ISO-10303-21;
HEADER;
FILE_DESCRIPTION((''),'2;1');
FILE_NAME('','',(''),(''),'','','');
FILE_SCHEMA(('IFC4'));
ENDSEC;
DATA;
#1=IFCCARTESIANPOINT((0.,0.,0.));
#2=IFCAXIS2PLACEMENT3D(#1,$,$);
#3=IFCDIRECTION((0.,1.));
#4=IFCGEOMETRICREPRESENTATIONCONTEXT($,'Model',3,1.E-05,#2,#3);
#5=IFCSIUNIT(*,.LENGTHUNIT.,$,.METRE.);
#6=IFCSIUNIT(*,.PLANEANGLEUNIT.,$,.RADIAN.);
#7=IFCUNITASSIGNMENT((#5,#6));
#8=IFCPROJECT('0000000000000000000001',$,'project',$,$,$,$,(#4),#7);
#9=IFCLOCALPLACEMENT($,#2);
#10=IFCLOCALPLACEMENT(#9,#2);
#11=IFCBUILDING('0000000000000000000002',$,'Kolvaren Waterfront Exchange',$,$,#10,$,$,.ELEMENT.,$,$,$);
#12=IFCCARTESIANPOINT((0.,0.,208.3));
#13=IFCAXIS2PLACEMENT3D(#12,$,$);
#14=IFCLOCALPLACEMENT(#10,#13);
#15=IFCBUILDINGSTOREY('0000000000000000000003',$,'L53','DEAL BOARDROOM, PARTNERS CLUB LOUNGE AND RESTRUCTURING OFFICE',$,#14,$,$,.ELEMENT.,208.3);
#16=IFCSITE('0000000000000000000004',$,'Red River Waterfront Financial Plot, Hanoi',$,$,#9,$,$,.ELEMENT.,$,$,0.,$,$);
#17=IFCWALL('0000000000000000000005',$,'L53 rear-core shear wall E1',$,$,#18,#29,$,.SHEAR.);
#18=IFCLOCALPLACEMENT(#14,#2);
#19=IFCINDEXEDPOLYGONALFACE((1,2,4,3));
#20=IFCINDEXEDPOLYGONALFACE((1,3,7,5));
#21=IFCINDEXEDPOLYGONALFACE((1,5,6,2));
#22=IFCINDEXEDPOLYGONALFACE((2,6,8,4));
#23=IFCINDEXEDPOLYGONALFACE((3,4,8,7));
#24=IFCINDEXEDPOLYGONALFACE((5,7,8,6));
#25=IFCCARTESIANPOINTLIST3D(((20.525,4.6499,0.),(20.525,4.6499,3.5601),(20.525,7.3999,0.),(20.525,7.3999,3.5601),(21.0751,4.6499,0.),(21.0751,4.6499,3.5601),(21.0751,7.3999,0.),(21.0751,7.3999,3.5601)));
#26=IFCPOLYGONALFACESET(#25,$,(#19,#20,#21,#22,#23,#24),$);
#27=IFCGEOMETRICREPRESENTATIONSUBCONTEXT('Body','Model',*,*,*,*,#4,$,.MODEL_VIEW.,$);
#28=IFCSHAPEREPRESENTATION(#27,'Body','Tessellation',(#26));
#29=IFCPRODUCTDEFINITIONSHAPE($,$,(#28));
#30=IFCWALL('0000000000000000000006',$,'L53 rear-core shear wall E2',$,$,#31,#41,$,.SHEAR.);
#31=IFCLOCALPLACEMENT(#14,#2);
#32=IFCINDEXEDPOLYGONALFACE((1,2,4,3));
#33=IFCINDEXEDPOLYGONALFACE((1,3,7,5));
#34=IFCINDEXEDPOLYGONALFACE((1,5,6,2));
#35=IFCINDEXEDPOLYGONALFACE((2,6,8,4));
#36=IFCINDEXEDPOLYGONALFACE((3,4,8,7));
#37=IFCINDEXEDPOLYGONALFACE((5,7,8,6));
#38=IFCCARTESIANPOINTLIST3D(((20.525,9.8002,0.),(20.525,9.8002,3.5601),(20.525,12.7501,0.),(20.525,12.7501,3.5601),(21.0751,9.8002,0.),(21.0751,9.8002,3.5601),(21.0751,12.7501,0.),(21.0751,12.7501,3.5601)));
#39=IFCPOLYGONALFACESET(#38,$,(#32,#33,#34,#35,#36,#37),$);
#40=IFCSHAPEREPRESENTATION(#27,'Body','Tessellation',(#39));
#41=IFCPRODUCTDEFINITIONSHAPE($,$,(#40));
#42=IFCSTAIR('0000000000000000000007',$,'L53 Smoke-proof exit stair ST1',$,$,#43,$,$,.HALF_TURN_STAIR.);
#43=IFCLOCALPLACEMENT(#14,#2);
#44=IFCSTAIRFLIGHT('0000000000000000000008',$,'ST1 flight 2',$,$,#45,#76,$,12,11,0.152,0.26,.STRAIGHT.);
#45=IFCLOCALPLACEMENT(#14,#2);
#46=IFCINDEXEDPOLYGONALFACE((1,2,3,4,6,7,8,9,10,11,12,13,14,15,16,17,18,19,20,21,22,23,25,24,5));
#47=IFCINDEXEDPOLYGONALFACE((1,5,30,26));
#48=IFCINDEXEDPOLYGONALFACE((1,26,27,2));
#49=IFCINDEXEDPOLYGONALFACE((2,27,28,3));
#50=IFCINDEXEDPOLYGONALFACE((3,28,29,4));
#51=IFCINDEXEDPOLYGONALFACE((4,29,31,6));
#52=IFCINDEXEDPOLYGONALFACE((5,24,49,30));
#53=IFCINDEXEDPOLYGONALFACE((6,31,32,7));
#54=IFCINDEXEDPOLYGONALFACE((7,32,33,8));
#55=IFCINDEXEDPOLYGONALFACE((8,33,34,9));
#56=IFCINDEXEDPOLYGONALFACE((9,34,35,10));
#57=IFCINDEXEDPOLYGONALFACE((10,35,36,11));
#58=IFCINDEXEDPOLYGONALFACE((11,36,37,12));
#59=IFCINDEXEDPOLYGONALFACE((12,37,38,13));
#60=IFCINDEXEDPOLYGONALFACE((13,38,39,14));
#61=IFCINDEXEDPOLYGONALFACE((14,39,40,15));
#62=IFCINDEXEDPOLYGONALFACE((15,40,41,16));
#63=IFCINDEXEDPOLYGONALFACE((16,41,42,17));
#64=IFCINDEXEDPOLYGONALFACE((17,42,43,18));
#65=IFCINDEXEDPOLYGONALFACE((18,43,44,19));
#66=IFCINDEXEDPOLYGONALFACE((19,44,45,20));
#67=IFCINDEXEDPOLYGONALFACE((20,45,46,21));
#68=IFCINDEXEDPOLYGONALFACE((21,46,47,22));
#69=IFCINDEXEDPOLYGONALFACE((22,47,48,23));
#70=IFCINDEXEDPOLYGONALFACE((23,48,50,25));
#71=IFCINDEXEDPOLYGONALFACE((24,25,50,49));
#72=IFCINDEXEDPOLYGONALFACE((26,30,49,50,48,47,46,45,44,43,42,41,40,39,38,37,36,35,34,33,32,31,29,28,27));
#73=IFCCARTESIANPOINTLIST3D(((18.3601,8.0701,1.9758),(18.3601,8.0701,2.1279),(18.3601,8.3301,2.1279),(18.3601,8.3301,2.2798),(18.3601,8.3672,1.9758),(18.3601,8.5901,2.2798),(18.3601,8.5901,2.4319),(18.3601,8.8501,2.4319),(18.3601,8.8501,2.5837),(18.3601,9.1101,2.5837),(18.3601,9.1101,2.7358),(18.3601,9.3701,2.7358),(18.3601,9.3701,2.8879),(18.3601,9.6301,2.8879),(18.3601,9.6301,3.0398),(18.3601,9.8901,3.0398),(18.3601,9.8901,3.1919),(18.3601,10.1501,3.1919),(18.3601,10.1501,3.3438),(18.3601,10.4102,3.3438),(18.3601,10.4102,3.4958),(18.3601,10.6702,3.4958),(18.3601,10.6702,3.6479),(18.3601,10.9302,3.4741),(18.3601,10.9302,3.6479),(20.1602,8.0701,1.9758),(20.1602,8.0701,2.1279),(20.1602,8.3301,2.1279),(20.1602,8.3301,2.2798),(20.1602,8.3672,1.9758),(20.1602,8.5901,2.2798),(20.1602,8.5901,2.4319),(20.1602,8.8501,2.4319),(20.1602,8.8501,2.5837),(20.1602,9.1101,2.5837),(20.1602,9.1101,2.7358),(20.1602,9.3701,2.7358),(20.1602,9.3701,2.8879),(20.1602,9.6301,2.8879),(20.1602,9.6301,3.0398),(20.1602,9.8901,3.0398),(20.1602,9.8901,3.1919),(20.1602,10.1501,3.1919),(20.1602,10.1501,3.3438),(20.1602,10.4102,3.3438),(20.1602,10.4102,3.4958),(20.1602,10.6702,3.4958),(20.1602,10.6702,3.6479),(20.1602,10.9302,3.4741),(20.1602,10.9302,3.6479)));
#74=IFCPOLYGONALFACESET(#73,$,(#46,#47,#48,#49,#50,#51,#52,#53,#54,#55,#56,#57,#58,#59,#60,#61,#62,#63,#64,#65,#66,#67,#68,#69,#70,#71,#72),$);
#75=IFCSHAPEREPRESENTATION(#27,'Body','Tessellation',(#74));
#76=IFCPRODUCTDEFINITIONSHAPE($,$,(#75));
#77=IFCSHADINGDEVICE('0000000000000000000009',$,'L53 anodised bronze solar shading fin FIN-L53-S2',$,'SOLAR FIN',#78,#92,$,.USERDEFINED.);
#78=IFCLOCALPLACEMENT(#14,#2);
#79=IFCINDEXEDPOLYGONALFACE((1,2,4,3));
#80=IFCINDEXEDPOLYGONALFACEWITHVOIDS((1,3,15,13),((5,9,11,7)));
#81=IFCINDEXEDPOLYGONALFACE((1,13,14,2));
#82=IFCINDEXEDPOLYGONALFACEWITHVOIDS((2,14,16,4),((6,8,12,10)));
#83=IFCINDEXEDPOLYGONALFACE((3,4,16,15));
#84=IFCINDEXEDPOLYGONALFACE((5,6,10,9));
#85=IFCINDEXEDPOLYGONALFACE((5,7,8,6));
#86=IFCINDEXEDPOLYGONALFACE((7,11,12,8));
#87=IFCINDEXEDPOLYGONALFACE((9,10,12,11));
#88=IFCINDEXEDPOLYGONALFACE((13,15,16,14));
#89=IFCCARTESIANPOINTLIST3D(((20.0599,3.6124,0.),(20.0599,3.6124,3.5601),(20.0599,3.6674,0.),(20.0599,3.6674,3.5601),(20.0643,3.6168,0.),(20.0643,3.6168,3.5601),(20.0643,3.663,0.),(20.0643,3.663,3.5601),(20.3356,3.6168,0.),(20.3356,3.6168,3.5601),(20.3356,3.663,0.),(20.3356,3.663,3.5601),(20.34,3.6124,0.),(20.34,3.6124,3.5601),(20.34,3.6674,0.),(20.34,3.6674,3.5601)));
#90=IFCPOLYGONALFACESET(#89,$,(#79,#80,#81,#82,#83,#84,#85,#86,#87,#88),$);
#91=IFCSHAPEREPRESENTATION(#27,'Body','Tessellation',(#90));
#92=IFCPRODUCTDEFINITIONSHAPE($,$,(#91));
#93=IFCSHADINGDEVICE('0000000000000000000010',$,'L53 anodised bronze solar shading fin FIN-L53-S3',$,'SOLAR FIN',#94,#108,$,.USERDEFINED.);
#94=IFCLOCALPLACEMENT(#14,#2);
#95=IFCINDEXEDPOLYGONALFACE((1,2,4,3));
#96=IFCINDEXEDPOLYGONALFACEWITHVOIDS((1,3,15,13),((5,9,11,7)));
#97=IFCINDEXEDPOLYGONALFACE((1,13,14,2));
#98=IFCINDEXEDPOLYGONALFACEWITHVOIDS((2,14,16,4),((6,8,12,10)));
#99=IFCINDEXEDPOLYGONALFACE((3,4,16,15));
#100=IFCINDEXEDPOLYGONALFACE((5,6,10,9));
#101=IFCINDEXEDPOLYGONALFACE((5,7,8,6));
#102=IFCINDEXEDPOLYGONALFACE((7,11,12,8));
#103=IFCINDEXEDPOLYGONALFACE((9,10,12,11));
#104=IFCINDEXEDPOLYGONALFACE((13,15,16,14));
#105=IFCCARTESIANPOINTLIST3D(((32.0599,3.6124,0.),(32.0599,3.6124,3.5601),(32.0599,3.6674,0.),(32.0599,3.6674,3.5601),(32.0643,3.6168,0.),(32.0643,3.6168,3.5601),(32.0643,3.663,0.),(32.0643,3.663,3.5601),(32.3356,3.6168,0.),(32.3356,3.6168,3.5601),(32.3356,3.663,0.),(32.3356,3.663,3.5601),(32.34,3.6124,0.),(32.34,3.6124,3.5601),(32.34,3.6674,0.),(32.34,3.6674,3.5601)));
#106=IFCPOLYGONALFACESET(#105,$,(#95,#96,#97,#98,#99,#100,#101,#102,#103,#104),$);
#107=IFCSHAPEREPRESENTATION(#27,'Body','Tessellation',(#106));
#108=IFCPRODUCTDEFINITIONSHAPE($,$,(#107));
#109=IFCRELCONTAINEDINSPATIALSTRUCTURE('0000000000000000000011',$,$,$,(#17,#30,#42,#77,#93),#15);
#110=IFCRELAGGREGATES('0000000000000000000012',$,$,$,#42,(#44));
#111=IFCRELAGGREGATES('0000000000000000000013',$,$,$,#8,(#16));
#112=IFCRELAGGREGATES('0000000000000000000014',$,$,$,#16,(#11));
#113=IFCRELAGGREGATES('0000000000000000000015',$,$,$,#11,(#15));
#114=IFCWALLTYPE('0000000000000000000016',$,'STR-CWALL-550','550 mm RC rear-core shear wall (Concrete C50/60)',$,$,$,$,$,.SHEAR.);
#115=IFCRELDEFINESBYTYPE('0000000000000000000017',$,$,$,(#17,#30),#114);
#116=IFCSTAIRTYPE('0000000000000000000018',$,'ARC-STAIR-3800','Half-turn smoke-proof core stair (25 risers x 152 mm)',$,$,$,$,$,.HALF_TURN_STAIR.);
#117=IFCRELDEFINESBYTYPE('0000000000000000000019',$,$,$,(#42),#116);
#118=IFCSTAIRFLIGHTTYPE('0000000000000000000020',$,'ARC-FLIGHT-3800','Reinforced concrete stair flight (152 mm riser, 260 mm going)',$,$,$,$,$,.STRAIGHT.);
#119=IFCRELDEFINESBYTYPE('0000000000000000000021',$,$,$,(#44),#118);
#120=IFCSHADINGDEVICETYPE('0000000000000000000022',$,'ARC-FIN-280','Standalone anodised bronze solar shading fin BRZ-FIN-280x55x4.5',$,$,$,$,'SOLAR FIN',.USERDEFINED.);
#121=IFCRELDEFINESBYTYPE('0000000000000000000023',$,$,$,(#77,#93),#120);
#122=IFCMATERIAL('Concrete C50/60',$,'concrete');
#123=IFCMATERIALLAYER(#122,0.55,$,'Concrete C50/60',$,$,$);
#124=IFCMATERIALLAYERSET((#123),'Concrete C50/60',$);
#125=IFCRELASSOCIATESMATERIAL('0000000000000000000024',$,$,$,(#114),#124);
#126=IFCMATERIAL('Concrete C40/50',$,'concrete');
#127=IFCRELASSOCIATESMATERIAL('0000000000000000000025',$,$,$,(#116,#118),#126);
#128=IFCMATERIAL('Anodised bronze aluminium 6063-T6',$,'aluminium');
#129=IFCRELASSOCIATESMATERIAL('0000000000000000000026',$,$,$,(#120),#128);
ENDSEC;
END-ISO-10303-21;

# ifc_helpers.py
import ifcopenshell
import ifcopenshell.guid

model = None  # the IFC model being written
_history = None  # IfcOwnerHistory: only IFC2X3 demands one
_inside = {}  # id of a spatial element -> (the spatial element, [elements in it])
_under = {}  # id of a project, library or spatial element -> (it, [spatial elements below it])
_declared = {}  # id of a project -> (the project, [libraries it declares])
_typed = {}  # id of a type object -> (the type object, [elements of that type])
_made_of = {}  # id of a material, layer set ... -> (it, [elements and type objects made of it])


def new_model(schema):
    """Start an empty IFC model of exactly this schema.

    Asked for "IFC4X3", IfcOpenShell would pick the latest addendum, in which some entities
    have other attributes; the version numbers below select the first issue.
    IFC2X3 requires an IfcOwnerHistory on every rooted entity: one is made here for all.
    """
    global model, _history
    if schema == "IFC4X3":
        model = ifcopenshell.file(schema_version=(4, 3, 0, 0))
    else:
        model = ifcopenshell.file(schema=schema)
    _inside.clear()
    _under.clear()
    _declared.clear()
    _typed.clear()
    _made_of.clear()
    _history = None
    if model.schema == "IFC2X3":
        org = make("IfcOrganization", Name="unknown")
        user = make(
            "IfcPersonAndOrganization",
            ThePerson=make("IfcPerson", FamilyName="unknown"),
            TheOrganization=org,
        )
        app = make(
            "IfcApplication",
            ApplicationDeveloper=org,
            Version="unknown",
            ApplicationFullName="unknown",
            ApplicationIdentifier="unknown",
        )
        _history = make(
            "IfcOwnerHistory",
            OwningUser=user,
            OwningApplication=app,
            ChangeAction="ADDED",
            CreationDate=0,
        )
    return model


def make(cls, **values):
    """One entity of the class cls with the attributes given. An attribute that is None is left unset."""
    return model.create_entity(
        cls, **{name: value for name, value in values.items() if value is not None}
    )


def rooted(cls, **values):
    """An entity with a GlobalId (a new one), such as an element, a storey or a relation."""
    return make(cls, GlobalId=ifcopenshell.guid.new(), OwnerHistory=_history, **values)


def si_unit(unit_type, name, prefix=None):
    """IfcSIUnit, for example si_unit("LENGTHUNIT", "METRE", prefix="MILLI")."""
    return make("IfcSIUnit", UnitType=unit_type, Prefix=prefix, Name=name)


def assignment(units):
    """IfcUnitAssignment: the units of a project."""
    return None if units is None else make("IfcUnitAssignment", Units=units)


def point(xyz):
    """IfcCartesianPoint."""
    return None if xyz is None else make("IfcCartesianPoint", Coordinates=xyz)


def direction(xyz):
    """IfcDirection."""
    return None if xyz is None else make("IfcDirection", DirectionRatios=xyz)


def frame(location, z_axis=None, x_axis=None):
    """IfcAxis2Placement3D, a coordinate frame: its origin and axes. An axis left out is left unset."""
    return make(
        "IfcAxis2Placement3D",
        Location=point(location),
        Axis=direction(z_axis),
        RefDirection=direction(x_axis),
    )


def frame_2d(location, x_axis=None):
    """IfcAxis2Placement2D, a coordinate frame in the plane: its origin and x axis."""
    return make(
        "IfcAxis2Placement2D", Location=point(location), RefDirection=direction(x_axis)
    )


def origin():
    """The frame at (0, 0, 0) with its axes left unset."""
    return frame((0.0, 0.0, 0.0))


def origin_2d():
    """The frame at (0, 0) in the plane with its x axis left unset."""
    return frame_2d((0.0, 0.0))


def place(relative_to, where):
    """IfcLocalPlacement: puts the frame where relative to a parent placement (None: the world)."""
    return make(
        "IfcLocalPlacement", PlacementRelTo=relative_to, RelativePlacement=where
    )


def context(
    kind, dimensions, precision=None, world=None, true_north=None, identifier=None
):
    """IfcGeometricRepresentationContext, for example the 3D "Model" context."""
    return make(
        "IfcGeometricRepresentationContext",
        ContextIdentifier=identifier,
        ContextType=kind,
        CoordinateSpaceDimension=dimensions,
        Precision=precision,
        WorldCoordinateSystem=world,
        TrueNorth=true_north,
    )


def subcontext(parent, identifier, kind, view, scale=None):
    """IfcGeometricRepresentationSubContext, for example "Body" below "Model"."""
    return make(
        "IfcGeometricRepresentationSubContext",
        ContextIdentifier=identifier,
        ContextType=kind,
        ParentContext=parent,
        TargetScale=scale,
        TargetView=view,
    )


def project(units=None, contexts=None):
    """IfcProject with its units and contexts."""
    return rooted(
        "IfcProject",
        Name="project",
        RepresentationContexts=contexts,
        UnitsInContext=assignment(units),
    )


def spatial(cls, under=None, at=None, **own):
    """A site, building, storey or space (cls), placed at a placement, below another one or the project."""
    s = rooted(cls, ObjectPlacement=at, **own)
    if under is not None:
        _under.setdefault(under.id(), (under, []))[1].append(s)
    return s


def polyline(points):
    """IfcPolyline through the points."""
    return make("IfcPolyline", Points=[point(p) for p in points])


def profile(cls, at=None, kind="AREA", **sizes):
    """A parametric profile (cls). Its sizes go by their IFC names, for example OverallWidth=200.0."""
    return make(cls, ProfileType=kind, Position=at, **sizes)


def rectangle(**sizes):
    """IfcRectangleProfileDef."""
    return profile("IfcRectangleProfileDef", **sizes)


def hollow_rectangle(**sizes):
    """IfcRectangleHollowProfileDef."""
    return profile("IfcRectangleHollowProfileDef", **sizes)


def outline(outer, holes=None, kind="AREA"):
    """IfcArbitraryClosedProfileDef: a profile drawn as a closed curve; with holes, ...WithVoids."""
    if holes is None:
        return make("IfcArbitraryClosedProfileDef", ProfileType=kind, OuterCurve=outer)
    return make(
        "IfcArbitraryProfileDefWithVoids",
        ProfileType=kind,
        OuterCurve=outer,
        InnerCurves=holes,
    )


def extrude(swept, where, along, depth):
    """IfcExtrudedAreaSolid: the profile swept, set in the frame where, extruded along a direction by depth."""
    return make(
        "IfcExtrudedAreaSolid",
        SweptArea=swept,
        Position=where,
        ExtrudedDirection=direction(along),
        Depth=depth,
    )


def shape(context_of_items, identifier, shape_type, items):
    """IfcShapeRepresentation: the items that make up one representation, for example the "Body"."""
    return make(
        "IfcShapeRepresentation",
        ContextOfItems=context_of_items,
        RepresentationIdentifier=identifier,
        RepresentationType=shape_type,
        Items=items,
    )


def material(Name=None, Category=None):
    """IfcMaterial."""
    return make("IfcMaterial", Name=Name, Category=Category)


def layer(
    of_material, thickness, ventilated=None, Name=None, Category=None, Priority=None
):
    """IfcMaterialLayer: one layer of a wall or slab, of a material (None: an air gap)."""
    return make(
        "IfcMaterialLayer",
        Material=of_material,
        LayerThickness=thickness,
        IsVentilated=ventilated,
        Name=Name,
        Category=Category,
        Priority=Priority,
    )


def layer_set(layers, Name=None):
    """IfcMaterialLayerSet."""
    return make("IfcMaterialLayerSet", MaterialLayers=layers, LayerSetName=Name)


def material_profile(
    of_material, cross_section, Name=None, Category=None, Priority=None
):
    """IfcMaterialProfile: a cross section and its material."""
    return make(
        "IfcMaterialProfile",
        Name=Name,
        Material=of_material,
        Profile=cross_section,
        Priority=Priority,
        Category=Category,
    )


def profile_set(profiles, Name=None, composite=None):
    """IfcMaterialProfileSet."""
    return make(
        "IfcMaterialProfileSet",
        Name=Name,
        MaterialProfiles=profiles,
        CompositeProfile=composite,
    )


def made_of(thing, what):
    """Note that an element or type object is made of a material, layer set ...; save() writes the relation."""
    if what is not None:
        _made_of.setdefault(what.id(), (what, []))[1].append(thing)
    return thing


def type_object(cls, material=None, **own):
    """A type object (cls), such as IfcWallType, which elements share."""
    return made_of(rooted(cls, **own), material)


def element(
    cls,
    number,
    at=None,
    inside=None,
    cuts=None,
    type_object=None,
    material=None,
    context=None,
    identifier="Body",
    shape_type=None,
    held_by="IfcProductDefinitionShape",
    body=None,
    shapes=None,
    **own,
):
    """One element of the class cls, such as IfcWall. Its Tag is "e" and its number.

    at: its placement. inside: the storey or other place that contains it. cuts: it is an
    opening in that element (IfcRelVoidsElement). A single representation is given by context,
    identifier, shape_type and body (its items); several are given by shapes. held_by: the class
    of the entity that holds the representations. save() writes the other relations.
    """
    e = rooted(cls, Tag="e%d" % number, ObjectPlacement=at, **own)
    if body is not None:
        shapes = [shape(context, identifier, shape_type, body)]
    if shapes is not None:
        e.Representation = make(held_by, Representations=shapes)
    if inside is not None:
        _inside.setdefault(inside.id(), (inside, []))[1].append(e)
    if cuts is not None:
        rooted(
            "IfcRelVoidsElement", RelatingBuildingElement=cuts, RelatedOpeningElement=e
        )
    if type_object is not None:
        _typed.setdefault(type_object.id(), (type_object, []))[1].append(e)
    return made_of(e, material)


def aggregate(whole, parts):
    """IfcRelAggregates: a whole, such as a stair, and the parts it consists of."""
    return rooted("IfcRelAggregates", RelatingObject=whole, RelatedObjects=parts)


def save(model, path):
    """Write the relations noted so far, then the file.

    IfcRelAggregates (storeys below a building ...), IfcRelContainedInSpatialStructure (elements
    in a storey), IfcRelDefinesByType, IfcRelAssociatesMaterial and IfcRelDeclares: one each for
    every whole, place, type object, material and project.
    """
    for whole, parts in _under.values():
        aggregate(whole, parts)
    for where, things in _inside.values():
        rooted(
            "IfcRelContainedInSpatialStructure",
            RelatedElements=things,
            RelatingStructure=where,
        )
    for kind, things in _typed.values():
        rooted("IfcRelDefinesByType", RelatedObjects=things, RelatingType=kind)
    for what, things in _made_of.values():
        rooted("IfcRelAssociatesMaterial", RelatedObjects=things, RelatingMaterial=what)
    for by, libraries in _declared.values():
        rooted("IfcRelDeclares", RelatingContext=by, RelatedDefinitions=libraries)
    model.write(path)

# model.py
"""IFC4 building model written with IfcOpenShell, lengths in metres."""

from ifc_helpers import new_model, si_unit, direction, frame, frame_2d, origin, origin_2d, place, context, subcontext, project, spatial, polyline, rectangle, hollow_rectangle, outline, extrude, material, layer, layer_set, material_profile, profile_set, type_object, element, aggregate, save


model = new_model("IFC4")

# Units and contexts
model_context = context("Model", 3, precision=1e-05, world=origin(), true_north=direction((0.0, 1.0)))
body_context = subcontext(model_context, "Body", "Model", "MODEL_VIEW")
ifc_project = project(units=[si_unit("LENGTHUNIT", "METRE"), si_unit("PLANEANGLEUNIT", "RADIAN")], contexts=[model_context])

# Site, building, storey
site_placement = place(None, origin())
site = spatial("IfcSite", under=ifc_project, at=site_placement, Name="Red River Waterfront Financial Plot, Hanoi", CompositionType="ELEMENT", RefElevation=0.0)
building_placement = place(site_placement, origin())
building = spatial("IfcBuilding", under=site, at=building_placement, Name="Kolvaren Waterfront Exchange", CompositionType="ELEMENT")
storey_placement = place(building_placement, frame((0.0, 0.0, 208.3)))
storey = spatial("IfcBuildingStorey", under=building, at=storey_placement, Name="L53", Description="DEAL BOARDROOM, PARTNERS CLUB LOUNGE AND RESTRUCTURING OFFICE", CompositionType="ELEMENT", Elevation=208.3)

# Shared definitions
ifc_material_1 = material(Name="Concrete C50/60", Category="concrete")

# Shared definitions
ifc_material_2 = material(Name="Anodised bronze aluminium 6063-T6", Category="aluminium")

# Walls
ifc_material_3 = material(Name="Concrete C40/50", Category="concrete")
ifc_layer_1 = layer(ifc_material_1, 0.55, Name="Concrete C50/60")
ifc_layer_set_1 = layer_set([ifc_layer_1], Name="Concrete C50/60")
wall_type_1 = type_object("IfcWallType", Name="STR-CWALL-550", Description="550 mm RC rear-core shear wall (Concrete C50/60)", PredefinedType="SHEAR", material=ifc_layer_set_1)
wall_1_placement = place(storey_placement, frame((20.8, 4.6499, 0.0), z_axis=(0.0, 0.0, 1.0), x_axis=(0.0, 1.0, 0.0)))
element("IfcWall", 1, at=wall_1_placement, inside=storey, type_object=wall_type_1, Name="L53 rear-core shear wall E1", PredefinedType="SHEAR", context=body_context, shape_type="SweptSolid", body=[
    extrude(rectangle(XDim=2.75, YDim=0.55, at=frame_2d((1.375, 0.0))), origin(), (0.0, 0.0, 1.0), 3.5601),
])
wall_2_placement = place(storey_placement, frame((20.8, 9.8, 0.0), z_axis=(0.0, 0.0, 1.0), x_axis=(0.0, 1.0, 0.0)))
element("IfcWall", 2, at=wall_2_placement, inside=storey, type_object=wall_type_1, Name="L53 rear-core shear wall E2", PredefinedType="SHEAR", context=body_context, shape_type="SweptSolid", body=[
    extrude(rectangle(XDim=2.95, YDim=0.55, at=frame_2d((1.4751, 0.0))), origin(), (0.0, 0.0, 1.0), 3.5601),
])

# Stair, stair flight
stair_type = type_object("IfcStairType", Name="ARC-STAIR-3800", Description="Half-turn smoke-proof core stair (25 risers x 152 mm)", PredefinedType="HALF_TURN_STAIR", material=ifc_material_3)
stair_placement = place(storey_placement, origin())
stair = element("IfcStair", 3, at=stair_placement, inside=storey, type_object=stair_type, Name="L53 Smoke-proof exit stair ST1", PredefinedType="HALF_TURN_STAIR")
stair_flight_type = type_object("IfcStairFlightType", Name="ARC-FLIGHT-3800", Description="Reinforced concrete stair flight (152 mm riser, 260 mm going)", PredefinedType="STRAIGHT", material=ifc_material_3)
stair_flight_placement = place(storey_placement, frame((19.26, 8.0701, 1.9758), z_axis=(0.0, 0.0, 1.0), x_axis=(0.0, 1.0, 0.0)))
stair_flight = element("IfcStairFlight", 4, at=stair_flight_placement, type_object=stair_flight_type, Name="ST1 flight 2", NumberOfRisers=12, NumberOfTreads=11, PredefinedType="STRAIGHT", RiserHeight=0.152, TreadLength=0.26, context=body_context, shape_type="SweptSolid", body=[
    extrude(outline(polyline([(0.0, 0.0), (0.0, 0.1521), (0.26, 0.1521), (0.26, 0.304), (0.52, 0.304), (0.52, 0.4561), (0.78, 0.4561), (0.78, 0.6079), (1.04, 0.6079), (1.04, 0.76), (1.3, 0.76), (1.3, 0.9121), (1.5601, 0.9121), (1.5601, 1.064), (1.8201, 1.064), (1.8201, 1.2161), (2.0801, 1.2161), (2.0801, 1.3679), (2.3401, 1.3679), (2.3401, 1.52), (2.6001, 1.52), (2.6001, 1.6721), (2.8601, 1.6721), (2.8601, 1.824), (2.8601, 1.4983), (0.2971, 0.0), (0.0, 0.0)])), frame((0.0, 0.8999, 0.0), z_axis=(0.0, -1.0, 0.0), x_axis=(1.0, 0.0, 0.0)), (0.0, 0.0, 1.0), 1.8),
])
aggregate(stair, [stair_flight])

# Shading devices
ifc_material_profile_1 = material_profile(ifc_material_2, hollow_rectangle(XDim=0.0549, YDim=0.28, WallThickness=0.0044, at=origin_2d()), Name="BRZ-FIN-280x55x4.5")
ifc_profile_set_1 = profile_set([ifc_material_profile_1], Name="Anodised bronze aluminium 6063-T6")
shading_device_type = type_object("IfcShadingDeviceType", Name="ARC-FIN-280", Description="Standalone anodised bronze solar shading fin BRZ-FIN-280x55x4.5", ElementType="SOLAR FIN", PredefinedType="USERDEFINED", material=ifc_profile_set_1)
for number, where, z_axis, x_axis, name in (
    (5, (20.2, 3.6399, 0.0), (0.0, 0.0, 1.0), (0.0, -1.0, 0.0), "L53 anodised bronze solar shading fin FIN-L53-S2"),
    (6, (32.2, 3.6399, 0.0), (0.0, 0.0, 1.0), (0.0, -1.0, 0.0), "L53 anodised bronze solar shading fin FIN-L53-S3"),
):
    element("IfcShadingDevice", number, at=place(storey_placement, frame(where, z_axis=z_axis, x_axis=x_axis)), inside=storey, type_object=shading_device_type, Name=name, ObjectType="SOLAR FIN", PredefinedType="USERDEFINED", context=body_context, shape_type="SweptSolid", body=[
        extrude(hollow_rectangle(XDim=0.0549, YDim=0.28, WallThickness=0.0044, at=origin_2d()), origin(), (0.0, 0.0, 1.0), 3.5601),
    ])

save(model, "model.ifc")
